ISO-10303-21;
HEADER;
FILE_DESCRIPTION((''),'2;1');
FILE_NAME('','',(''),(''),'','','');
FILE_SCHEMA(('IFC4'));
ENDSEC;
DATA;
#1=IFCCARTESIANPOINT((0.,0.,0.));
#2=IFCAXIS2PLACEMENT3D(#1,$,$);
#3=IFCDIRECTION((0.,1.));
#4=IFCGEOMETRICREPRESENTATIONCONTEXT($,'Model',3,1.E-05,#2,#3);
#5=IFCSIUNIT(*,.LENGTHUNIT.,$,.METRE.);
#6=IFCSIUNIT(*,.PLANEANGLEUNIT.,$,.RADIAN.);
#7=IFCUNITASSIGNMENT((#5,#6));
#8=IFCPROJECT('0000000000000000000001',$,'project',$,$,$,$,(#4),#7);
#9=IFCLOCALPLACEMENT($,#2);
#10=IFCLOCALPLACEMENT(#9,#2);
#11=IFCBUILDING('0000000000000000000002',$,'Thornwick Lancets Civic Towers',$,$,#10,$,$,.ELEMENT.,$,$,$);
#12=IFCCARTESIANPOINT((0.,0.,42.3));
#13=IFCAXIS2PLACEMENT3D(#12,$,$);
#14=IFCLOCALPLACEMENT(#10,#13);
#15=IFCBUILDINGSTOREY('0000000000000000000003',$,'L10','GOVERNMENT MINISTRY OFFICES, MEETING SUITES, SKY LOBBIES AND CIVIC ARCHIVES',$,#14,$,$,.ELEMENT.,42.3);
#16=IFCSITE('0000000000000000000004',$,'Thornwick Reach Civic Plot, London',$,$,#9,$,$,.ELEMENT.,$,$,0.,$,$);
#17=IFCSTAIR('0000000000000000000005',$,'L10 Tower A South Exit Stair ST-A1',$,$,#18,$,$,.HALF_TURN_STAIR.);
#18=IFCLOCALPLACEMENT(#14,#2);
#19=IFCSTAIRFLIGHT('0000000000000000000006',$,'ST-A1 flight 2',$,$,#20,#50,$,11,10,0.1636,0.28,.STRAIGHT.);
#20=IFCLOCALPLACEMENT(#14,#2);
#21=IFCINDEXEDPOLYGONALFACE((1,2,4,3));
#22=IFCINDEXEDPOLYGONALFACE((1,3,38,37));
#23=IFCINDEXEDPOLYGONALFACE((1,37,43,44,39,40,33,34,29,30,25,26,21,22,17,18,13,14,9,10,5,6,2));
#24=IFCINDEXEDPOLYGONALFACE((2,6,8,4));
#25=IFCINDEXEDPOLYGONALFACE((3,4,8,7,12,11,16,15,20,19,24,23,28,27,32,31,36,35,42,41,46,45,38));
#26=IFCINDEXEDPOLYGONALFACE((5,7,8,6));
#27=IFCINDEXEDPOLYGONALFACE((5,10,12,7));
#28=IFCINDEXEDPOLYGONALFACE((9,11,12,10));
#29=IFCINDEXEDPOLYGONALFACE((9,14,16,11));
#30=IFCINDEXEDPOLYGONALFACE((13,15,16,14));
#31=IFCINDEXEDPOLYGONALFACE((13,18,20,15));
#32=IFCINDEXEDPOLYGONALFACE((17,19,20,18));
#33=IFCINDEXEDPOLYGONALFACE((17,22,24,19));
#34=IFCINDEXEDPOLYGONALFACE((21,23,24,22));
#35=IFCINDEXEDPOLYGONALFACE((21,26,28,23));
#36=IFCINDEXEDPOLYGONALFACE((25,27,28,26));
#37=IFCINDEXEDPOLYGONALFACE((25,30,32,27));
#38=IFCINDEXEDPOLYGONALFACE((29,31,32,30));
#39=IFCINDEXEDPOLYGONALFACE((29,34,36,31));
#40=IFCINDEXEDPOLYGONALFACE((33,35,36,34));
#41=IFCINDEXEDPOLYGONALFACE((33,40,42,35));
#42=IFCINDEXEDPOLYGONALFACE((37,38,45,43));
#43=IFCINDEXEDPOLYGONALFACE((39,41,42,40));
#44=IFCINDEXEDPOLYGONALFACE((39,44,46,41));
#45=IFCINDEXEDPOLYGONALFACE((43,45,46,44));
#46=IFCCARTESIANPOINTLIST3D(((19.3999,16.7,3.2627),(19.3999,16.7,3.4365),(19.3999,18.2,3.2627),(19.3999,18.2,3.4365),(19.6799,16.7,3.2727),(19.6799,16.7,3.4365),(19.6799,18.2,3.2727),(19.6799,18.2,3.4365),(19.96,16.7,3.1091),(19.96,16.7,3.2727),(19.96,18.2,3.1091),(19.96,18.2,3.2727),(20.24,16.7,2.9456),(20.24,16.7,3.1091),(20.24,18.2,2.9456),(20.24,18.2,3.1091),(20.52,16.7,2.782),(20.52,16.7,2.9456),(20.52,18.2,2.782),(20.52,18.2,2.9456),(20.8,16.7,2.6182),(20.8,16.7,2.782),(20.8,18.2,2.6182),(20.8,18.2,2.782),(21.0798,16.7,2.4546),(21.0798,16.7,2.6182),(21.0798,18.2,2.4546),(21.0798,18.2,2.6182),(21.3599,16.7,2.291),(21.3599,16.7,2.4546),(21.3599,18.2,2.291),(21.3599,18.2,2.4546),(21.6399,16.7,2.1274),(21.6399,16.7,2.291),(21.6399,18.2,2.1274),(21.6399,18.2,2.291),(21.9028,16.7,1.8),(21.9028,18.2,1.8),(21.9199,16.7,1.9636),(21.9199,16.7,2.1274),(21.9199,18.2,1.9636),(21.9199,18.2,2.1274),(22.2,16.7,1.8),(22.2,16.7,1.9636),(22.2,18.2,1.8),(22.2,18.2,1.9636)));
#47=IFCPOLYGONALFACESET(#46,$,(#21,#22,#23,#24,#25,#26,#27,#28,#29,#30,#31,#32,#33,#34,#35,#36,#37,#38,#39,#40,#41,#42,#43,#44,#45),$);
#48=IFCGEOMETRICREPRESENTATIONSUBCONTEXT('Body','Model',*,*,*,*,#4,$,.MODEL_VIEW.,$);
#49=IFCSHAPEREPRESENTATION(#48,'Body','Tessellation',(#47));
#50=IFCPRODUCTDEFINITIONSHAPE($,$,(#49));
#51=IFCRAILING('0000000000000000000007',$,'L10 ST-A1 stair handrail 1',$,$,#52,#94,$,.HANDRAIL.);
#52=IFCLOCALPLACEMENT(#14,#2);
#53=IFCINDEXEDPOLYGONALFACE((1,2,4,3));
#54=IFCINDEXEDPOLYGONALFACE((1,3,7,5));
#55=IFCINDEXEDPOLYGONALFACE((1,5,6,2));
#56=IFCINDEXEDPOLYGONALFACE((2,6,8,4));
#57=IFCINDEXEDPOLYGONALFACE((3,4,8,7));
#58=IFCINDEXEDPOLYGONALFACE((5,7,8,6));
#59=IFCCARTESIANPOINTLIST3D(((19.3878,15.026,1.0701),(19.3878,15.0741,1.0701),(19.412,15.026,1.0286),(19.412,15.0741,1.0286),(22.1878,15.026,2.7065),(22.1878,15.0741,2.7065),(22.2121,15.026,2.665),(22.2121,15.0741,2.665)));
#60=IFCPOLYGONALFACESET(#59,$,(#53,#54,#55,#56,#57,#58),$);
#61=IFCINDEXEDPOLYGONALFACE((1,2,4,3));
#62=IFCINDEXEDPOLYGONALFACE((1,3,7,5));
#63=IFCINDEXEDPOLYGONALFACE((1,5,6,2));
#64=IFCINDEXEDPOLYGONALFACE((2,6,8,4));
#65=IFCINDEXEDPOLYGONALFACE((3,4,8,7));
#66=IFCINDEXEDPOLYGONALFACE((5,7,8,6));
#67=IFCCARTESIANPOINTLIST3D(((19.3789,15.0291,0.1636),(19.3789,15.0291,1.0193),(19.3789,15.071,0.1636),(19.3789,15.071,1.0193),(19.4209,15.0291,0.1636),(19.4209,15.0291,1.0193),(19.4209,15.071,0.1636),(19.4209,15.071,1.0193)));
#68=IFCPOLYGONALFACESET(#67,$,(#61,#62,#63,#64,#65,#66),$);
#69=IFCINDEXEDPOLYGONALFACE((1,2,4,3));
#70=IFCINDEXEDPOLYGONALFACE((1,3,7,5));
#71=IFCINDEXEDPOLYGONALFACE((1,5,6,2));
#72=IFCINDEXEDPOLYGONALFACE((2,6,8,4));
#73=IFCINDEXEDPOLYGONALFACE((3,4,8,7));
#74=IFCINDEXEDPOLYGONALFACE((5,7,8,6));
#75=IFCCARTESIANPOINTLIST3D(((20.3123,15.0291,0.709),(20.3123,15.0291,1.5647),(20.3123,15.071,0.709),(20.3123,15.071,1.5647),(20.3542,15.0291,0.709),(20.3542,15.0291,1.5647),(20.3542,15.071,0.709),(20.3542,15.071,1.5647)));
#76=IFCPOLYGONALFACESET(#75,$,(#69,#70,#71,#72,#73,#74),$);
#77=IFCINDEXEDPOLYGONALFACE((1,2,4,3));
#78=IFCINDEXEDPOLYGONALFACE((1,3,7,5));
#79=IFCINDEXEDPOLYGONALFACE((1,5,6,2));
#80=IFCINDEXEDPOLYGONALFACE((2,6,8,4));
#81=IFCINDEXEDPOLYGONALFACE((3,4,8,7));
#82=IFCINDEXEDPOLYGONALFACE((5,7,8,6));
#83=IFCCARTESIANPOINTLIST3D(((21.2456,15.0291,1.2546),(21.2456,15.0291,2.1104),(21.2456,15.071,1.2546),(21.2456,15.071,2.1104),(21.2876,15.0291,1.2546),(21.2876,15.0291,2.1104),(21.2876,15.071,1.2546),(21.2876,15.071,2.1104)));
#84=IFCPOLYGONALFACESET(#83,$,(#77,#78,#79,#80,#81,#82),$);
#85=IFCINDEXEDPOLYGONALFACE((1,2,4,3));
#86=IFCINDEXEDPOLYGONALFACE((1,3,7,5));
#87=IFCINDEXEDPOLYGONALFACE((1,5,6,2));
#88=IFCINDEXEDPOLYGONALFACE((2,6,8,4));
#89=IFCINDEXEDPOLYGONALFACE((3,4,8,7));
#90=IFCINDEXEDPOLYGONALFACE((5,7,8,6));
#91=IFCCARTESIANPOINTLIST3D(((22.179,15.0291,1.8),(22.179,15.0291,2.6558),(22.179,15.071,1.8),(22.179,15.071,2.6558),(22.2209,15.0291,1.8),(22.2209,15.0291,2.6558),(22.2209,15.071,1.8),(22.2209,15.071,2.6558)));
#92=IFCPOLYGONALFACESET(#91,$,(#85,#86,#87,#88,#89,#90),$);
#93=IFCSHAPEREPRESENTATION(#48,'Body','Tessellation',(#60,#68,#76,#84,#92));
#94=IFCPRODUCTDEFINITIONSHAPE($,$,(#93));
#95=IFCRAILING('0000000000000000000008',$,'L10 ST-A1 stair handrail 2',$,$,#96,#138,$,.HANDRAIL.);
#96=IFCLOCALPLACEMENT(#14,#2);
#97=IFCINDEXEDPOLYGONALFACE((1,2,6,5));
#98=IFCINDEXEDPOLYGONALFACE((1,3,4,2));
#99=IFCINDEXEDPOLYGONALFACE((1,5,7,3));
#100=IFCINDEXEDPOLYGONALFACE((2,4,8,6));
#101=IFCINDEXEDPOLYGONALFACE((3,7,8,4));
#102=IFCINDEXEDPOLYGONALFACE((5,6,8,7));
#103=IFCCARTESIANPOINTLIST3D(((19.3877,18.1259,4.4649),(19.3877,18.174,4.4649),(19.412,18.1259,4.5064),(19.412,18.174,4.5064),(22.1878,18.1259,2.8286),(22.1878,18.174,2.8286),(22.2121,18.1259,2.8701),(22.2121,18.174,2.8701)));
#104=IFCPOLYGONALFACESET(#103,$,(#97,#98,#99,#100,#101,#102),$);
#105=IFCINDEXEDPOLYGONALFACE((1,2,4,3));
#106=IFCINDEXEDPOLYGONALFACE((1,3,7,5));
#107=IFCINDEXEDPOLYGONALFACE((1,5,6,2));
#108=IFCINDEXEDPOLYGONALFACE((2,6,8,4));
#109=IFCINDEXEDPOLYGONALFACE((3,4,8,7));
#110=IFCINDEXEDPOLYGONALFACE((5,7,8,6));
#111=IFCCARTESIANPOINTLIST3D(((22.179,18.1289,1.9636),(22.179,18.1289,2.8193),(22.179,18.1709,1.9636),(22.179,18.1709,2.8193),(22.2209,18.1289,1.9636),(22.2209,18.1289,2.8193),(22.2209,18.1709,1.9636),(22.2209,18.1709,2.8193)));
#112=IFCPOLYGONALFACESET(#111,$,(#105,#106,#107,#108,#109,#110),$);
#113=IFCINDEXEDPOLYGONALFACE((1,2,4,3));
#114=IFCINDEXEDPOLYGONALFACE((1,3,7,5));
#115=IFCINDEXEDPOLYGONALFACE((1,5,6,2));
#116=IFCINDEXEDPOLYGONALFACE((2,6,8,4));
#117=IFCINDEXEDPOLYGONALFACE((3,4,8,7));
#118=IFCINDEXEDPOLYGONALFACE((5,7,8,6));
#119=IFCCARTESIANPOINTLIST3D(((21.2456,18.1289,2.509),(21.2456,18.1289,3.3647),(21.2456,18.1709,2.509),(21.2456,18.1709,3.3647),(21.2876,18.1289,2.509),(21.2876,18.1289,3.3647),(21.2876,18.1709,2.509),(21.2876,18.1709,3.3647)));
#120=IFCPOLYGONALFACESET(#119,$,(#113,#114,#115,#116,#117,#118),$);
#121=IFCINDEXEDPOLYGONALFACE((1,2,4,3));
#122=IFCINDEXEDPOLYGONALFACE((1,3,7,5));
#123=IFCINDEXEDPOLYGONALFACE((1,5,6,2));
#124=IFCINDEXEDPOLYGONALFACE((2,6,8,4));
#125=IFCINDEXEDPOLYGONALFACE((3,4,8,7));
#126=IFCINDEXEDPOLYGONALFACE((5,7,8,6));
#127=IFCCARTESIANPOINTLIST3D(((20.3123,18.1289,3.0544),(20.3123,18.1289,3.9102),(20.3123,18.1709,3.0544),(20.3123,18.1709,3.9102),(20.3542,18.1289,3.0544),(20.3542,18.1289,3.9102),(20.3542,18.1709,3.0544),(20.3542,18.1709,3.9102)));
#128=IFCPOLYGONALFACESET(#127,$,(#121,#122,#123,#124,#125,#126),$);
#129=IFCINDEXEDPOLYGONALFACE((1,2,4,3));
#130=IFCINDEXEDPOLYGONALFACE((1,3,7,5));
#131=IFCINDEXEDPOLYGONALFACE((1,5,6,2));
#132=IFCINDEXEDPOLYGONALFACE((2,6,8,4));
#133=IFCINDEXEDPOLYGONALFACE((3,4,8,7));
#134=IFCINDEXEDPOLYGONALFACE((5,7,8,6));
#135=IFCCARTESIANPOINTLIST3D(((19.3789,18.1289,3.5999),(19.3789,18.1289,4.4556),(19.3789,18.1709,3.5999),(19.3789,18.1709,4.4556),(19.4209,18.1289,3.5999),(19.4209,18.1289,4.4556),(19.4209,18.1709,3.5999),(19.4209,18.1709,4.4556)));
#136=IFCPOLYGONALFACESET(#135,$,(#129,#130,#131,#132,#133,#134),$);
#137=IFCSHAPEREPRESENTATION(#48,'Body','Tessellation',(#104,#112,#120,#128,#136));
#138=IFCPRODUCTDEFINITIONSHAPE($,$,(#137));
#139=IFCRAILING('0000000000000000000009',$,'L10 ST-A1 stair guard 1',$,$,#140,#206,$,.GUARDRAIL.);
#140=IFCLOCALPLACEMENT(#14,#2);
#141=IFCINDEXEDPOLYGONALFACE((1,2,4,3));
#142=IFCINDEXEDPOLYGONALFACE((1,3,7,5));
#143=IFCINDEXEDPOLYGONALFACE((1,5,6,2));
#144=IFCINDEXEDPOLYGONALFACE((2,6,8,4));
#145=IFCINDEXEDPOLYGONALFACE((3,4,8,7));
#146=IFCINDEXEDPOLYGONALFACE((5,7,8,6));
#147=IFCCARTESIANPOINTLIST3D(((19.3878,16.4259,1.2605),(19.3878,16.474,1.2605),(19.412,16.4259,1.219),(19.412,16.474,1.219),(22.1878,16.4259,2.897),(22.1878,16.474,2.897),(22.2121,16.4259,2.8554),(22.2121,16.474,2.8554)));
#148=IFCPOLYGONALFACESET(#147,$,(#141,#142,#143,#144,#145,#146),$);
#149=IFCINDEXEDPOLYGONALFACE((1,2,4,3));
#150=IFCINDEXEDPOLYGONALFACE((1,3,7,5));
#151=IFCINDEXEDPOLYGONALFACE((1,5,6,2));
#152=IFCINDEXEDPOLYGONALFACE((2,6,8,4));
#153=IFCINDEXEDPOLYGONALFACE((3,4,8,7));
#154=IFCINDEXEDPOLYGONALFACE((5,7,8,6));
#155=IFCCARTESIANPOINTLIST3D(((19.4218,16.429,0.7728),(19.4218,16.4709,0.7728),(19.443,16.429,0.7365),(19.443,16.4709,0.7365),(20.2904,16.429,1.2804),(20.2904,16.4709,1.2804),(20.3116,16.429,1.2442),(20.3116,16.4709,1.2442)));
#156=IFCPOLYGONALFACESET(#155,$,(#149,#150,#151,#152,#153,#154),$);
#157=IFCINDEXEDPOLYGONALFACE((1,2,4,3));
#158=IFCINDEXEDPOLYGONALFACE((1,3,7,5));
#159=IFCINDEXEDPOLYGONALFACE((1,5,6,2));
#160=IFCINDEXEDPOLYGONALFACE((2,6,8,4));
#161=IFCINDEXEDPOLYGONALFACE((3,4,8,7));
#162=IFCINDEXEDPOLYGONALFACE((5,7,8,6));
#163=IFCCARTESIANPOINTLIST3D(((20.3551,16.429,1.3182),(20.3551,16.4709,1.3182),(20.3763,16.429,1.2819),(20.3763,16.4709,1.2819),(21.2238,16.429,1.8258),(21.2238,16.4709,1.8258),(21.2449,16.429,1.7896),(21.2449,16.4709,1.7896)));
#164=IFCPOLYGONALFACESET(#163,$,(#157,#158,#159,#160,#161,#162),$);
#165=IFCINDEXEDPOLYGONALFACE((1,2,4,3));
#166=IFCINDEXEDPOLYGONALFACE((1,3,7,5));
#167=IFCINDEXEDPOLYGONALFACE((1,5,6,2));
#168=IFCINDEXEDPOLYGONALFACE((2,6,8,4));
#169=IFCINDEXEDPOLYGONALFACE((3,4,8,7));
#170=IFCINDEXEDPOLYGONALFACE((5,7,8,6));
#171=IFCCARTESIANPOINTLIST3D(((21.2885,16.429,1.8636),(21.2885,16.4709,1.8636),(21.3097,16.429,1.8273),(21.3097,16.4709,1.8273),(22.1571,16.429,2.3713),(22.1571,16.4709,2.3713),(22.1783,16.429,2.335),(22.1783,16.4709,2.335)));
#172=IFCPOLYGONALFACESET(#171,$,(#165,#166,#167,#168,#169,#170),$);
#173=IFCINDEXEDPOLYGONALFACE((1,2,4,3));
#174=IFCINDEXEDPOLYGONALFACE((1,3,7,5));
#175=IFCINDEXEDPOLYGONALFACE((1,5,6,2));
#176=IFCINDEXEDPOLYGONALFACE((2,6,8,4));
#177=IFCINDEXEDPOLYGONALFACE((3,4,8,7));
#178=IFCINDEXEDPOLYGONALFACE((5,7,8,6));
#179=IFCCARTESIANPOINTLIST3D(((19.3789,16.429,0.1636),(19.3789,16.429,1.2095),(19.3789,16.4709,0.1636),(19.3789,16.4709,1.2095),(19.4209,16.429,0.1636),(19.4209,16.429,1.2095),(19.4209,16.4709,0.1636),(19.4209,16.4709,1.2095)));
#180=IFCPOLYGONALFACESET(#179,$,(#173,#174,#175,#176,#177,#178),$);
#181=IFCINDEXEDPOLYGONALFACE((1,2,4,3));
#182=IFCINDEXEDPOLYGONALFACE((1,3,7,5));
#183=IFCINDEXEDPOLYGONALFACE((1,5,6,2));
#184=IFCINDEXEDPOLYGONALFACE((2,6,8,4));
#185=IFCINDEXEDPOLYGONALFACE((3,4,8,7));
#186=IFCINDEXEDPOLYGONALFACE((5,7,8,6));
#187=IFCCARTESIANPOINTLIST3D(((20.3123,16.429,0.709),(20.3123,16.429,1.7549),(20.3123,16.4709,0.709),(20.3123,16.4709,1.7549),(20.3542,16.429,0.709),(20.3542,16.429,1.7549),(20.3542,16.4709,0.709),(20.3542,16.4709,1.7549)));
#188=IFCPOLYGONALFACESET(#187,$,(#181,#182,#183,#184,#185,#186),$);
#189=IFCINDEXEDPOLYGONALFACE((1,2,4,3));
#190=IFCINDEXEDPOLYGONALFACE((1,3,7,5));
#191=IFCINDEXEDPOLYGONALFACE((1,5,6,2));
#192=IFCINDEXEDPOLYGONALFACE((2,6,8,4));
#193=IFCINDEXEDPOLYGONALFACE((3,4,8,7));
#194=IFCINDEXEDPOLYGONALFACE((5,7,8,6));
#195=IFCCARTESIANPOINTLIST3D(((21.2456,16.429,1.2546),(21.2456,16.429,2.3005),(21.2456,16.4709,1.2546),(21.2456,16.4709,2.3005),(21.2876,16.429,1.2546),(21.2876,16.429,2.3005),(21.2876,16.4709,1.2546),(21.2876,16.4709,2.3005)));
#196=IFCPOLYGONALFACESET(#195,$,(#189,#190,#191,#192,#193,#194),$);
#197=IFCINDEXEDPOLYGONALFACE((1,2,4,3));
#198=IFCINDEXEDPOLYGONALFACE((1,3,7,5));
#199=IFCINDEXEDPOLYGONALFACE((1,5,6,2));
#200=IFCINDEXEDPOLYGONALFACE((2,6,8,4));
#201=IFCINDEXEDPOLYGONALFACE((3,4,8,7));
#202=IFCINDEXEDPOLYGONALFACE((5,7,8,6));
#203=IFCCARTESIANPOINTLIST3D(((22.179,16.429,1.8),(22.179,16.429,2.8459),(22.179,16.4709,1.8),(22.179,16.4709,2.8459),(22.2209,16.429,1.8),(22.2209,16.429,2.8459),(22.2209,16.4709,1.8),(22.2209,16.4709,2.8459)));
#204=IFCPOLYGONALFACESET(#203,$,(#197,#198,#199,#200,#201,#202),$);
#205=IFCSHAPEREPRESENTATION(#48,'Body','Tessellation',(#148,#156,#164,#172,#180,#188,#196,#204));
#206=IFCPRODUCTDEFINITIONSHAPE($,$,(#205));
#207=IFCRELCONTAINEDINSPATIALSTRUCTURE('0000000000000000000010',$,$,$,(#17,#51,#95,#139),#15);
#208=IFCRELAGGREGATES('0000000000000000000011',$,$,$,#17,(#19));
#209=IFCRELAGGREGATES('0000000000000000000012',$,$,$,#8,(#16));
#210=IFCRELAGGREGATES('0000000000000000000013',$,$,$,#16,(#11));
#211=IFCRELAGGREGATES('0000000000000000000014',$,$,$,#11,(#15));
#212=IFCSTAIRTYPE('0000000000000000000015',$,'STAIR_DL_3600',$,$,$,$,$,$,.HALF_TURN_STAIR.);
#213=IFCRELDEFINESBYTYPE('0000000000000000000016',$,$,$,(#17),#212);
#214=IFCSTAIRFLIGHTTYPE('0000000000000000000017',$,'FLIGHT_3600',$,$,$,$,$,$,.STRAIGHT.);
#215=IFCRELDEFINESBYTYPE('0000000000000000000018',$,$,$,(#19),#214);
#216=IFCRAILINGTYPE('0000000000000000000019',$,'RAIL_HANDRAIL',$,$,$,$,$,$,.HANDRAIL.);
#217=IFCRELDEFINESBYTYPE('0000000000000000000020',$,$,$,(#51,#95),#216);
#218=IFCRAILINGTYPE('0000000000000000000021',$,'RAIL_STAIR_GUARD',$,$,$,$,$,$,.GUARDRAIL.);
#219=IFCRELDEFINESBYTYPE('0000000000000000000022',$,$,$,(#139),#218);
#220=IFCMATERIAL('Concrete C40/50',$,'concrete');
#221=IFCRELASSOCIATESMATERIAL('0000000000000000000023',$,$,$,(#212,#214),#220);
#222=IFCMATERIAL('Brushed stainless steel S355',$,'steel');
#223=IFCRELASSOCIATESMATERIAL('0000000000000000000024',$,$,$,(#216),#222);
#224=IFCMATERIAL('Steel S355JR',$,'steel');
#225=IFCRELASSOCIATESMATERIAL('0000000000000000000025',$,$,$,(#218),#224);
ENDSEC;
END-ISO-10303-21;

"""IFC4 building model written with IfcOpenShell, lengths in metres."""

from ifc_helpers import new_model, si_unit, direction, frame, origin, origin_2d, place, context, subcontext, project, spatial, polyline, rectangle, outline, extrude, material, type_object, element, aggregate, save


model = new_model("IFC4")

# Units and contexts
model_context = context("Model", 3, precision=1e-05, world=origin(), true_north=direction((0.0, 1.0)))
body_context = subcontext(model_context, "Body", "Model", "MODEL_VIEW")
ifc_project = project(units=[si_unit("LENGTHUNIT", "METRE"), si_unit("PLANEANGLEUNIT", "RADIAN")], contexts=[model_context])

# Site, building, storey
site_placement = place(None, origin())
site = spatial("IfcSite", under=ifc_project, at=site_placement, Name="Thornwick Reach Civic Plot, London", CompositionType="ELEMENT", RefElevation=0.0)
building_placement = place(site_placement, origin())
building = spatial("IfcBuilding", under=site, at=building_placement, Name="Thornwick Lancets Civic Towers", CompositionType="ELEMENT")
storey_placement = place(building_placement, frame((0.0, 0.0, 42.3)))
storey = spatial("IfcBuildingStorey", under=building, at=storey_placement, Name="L10", Description="GOVERNMENT MINISTRY OFFICES, MEETING SUITES, SKY LOBBIES AND CIVIC ARCHIVES", CompositionType="ELEMENT", Elevation=42.3)

# Stair, stair flight
ifc_material_1 = material(Name="Concrete C40/50", Category="concrete")
stair_type = type_object("IfcStairType", Name="STAIR_DL_3600", PredefinedType="HALF_TURN_STAIR", material=ifc_material_1)
stair_placement = place(storey_placement, origin())
stair = element("IfcStair", 1, at=stair_placement, inside=storey, type_object=stair_type, Name="L10 Tower A South Exit Stair ST-A1", PredefinedType="HALF_TURN_STAIR")
stair_flight_type = type_object("IfcStairFlightType", Name="FLIGHT_3600", PredefinedType="STRAIGHT", material=ifc_material_1)
stair_flight_1_placement = place(storey_placement, frame((22.2, 17.45, 1.8), z_axis=(0.0, 0.0, 1.0), x_axis=(-1.0, 0.0, 0.0)))
stair_flight_1 = element("IfcStairFlight", 2, at=stair_flight_1_placement, type_object=stair_flight_type, Name="ST-A1 flight 2", NumberOfRisers=11, NumberOfTreads=10, PredefinedType="STRAIGHT", RiserHeight=0.1636, TreadLength=0.28, context=body_context, shape_type="SweptSolid", body=[
    extrude(outline(polyline([(0.0, 0.0), (0.0, 0.1636), (0.28, 0.1636), (0.28, 0.3274), (0.5601, 0.3274), (0.5601, 0.491), (0.8401, 0.491), (0.8401, 0.6545), (1.1201, 0.6545), (1.1201, 0.8181), (1.3999, 0.8181), (1.3999, 0.9819), (1.6799, 0.9819), (1.6799, 1.1455), (1.96, 1.1455), (1.96, 1.3091), (2.24, 1.3091), (2.24, 1.4727), (2.52, 1.4727), (2.52, 1.6365), (2.8, 1.6365), (2.8, 1.8), (2.8, 1.4626), (0.2971, 0.0), (0.0, 0.0)])), frame((0.0, 0.75, 0.0), z_axis=(0.0, -1.0, 0.0), x_axis=(1.0, 0.0, 0.0)), (0.0, 0.0, 1.0), 1.5),
])
aggregate(stair, [stair_flight_1])

# Railings
ifc_material_2 = material(Name="Brushed stainless steel S355", Category="steel")
railing_type_1 = type_object("IfcRailingType", Name="RAIL_HANDRAIL", PredefinedType="HANDRAIL", material=ifc_material_2)
railing_1_placement = place(storey_placement, frame((19.3999, 15.05, 0.1636)))
element("IfcRailing", 3, at=railing_1_placement, inside=storey, type_object=railing_type_1, Name="L10 ST-A1 stair handrail 1", PredefinedType="HANDRAIL", context=body_context, shape_type="SweptSolid", body=[
    extrude(rectangle(XDim=0.0481, YDim=0.0481, at=origin_2d()), frame((0.0, 0.0, 0.8857), z_axis=(0.863361, 0.0, 0.504587), x_axis=(0.0, 1.0, 0.0)), (0.0, 0.0, 1.0), 3.2432),
    extrude(rectangle(XDim=0.042, YDim=0.042, at=origin_2d()), origin(), (0.0, 0.0, 1.0), 0.8557),
    extrude(rectangle(XDim=0.042, YDim=0.042, at=origin_2d()), frame((0.9333, 0.0, 0.5454)), (0.0, 0.0, 1.0), 0.8557),
    extrude(rectangle(XDim=0.042, YDim=0.042, at=origin_2d()), frame((1.8667, 0.0, 1.0911)), (0.0, 0.0, 1.0), 0.8557),
    extrude(rectangle(XDim=0.042, YDim=0.042, at=origin_2d()), frame((2.8, 0.0, 1.6365)), (0.0, 0.0, 1.0), 0.8557),
])
railing_2_placement = place(storey_placement, frame((22.2, 18.1499, 1.9636)))
element("IfcRailing", 4, at=railing_2_placement, inside=storey, type_object=railing_type_1, Name="L10 ST-A1 stair handrail 2", PredefinedType="HANDRAIL", context=body_context, shape_type="SweptSolid", body=[
    extrude(rectangle(XDim=0.0481, YDim=0.0481, at=origin_2d()), frame((0.0, 0.0, 0.8857), z_axis=(-0.863394, 0.0, 0.504531), x_axis=(0.0, -1.0, 0.0)), (0.0, 0.0, 1.0), 3.2432),
    extrude(rectangle(XDim=0.042, YDim=0.042, at=origin_2d()), origin(), (0.0, 0.0, 1.0), 0.8557),
    extrude(rectangle(XDim=0.042, YDim=0.042, at=origin_2d()), frame((-0.9333, 0.0, 0.5454)), (0.0, 0.0, 1.0), 0.8557),
    extrude(rectangle(XDim=0.042, YDim=0.042, at=origin_2d()), frame((-1.8667, 0.0, 1.0908)), (0.0, 0.0, 1.0), 0.8557),
    extrude(rectangle(XDim=0.042, YDim=0.042, at=origin_2d()), frame((-2.8, 0.0, 1.6362)), (0.0, 0.0, 1.0), 0.8557),
])
ifc_material_3 = material(Name="Steel S355JR", Category="steel")
railing_type_2 = type_object("IfcRailingType", Name="RAIL_STAIR_GUARD", PredefinedType="GUARDRAIL", material=ifc_material_3)
railing_3_placement = place(storey_placement, frame((19.3999, 16.45, 0.1636)))
element("IfcRailing", 5, at=railing_3_placement, inside=storey, type_object=railing_type_2, Name="L10 ST-A1 stair guard 1", PredefinedType="GUARDRAIL", context=body_context, shape_type="SweptSolid", body=[
    extrude(rectangle(XDim=0.0481, YDim=0.0481, at=origin_2d()), frame((0.0, 0.0, 1.0762), z_axis=(0.863361, 0.0, 0.504587), x_axis=(0.0, 1.0, 0.0)), (0.0, 0.0, 1.0), 3.2432),
    extrude(rectangle(XDim=0.042, YDim=0.042, at=origin_2d()), frame((0.0325, 0.0, 0.5911), z_axis=(0.863361, 0.0, 0.504587), x_axis=(0.0, 1.0, 0.0)), (0.0, 0.0, 1.0), 1.0061),
    extrude(rectangle(XDim=0.042, YDim=0.042, at=origin_2d()), frame((0.9658, 0.0, 1.1365), z_axis=(0.863361, 0.0, 0.504587), x_axis=(0.0, 1.0, 0.0)), (0.0, 0.0, 1.0), 1.0061),
    extrude(rectangle(XDim=0.042, YDim=0.042, at=origin_2d()), frame((1.8992, 0.0, 1.6819), z_axis=(0.863361, 0.0, 0.504587), x_axis=(0.0, 1.0, 0.0)), (0.0, 0.0, 1.0), 1.0061),
    extrude(rectangle(XDim=0.042, YDim=0.042, at=origin_2d()), origin(), (0.0, 0.0, 1.0), 1.0459),
    extrude(rectangle(XDim=0.042, YDim=0.042, at=origin_2d()), frame((0.9333, 0.0, 0.5454)), (0.0, 0.0, 1.0), 1.0459),
    extrude(rectangle(XDim=0.042, YDim=0.042, at=origin_2d()), frame((1.8667, 0.0, 1.0911)), (0.0, 0.0, 1.0), 1.0459),
    extrude(rectangle(XDim=0.042, YDim=0.042, at=origin_2d()), frame((2.8, 0.0, 1.6365)), (0.0, 0.0, 1.0), 1.0459),
])

save(model, "model.ifc")
